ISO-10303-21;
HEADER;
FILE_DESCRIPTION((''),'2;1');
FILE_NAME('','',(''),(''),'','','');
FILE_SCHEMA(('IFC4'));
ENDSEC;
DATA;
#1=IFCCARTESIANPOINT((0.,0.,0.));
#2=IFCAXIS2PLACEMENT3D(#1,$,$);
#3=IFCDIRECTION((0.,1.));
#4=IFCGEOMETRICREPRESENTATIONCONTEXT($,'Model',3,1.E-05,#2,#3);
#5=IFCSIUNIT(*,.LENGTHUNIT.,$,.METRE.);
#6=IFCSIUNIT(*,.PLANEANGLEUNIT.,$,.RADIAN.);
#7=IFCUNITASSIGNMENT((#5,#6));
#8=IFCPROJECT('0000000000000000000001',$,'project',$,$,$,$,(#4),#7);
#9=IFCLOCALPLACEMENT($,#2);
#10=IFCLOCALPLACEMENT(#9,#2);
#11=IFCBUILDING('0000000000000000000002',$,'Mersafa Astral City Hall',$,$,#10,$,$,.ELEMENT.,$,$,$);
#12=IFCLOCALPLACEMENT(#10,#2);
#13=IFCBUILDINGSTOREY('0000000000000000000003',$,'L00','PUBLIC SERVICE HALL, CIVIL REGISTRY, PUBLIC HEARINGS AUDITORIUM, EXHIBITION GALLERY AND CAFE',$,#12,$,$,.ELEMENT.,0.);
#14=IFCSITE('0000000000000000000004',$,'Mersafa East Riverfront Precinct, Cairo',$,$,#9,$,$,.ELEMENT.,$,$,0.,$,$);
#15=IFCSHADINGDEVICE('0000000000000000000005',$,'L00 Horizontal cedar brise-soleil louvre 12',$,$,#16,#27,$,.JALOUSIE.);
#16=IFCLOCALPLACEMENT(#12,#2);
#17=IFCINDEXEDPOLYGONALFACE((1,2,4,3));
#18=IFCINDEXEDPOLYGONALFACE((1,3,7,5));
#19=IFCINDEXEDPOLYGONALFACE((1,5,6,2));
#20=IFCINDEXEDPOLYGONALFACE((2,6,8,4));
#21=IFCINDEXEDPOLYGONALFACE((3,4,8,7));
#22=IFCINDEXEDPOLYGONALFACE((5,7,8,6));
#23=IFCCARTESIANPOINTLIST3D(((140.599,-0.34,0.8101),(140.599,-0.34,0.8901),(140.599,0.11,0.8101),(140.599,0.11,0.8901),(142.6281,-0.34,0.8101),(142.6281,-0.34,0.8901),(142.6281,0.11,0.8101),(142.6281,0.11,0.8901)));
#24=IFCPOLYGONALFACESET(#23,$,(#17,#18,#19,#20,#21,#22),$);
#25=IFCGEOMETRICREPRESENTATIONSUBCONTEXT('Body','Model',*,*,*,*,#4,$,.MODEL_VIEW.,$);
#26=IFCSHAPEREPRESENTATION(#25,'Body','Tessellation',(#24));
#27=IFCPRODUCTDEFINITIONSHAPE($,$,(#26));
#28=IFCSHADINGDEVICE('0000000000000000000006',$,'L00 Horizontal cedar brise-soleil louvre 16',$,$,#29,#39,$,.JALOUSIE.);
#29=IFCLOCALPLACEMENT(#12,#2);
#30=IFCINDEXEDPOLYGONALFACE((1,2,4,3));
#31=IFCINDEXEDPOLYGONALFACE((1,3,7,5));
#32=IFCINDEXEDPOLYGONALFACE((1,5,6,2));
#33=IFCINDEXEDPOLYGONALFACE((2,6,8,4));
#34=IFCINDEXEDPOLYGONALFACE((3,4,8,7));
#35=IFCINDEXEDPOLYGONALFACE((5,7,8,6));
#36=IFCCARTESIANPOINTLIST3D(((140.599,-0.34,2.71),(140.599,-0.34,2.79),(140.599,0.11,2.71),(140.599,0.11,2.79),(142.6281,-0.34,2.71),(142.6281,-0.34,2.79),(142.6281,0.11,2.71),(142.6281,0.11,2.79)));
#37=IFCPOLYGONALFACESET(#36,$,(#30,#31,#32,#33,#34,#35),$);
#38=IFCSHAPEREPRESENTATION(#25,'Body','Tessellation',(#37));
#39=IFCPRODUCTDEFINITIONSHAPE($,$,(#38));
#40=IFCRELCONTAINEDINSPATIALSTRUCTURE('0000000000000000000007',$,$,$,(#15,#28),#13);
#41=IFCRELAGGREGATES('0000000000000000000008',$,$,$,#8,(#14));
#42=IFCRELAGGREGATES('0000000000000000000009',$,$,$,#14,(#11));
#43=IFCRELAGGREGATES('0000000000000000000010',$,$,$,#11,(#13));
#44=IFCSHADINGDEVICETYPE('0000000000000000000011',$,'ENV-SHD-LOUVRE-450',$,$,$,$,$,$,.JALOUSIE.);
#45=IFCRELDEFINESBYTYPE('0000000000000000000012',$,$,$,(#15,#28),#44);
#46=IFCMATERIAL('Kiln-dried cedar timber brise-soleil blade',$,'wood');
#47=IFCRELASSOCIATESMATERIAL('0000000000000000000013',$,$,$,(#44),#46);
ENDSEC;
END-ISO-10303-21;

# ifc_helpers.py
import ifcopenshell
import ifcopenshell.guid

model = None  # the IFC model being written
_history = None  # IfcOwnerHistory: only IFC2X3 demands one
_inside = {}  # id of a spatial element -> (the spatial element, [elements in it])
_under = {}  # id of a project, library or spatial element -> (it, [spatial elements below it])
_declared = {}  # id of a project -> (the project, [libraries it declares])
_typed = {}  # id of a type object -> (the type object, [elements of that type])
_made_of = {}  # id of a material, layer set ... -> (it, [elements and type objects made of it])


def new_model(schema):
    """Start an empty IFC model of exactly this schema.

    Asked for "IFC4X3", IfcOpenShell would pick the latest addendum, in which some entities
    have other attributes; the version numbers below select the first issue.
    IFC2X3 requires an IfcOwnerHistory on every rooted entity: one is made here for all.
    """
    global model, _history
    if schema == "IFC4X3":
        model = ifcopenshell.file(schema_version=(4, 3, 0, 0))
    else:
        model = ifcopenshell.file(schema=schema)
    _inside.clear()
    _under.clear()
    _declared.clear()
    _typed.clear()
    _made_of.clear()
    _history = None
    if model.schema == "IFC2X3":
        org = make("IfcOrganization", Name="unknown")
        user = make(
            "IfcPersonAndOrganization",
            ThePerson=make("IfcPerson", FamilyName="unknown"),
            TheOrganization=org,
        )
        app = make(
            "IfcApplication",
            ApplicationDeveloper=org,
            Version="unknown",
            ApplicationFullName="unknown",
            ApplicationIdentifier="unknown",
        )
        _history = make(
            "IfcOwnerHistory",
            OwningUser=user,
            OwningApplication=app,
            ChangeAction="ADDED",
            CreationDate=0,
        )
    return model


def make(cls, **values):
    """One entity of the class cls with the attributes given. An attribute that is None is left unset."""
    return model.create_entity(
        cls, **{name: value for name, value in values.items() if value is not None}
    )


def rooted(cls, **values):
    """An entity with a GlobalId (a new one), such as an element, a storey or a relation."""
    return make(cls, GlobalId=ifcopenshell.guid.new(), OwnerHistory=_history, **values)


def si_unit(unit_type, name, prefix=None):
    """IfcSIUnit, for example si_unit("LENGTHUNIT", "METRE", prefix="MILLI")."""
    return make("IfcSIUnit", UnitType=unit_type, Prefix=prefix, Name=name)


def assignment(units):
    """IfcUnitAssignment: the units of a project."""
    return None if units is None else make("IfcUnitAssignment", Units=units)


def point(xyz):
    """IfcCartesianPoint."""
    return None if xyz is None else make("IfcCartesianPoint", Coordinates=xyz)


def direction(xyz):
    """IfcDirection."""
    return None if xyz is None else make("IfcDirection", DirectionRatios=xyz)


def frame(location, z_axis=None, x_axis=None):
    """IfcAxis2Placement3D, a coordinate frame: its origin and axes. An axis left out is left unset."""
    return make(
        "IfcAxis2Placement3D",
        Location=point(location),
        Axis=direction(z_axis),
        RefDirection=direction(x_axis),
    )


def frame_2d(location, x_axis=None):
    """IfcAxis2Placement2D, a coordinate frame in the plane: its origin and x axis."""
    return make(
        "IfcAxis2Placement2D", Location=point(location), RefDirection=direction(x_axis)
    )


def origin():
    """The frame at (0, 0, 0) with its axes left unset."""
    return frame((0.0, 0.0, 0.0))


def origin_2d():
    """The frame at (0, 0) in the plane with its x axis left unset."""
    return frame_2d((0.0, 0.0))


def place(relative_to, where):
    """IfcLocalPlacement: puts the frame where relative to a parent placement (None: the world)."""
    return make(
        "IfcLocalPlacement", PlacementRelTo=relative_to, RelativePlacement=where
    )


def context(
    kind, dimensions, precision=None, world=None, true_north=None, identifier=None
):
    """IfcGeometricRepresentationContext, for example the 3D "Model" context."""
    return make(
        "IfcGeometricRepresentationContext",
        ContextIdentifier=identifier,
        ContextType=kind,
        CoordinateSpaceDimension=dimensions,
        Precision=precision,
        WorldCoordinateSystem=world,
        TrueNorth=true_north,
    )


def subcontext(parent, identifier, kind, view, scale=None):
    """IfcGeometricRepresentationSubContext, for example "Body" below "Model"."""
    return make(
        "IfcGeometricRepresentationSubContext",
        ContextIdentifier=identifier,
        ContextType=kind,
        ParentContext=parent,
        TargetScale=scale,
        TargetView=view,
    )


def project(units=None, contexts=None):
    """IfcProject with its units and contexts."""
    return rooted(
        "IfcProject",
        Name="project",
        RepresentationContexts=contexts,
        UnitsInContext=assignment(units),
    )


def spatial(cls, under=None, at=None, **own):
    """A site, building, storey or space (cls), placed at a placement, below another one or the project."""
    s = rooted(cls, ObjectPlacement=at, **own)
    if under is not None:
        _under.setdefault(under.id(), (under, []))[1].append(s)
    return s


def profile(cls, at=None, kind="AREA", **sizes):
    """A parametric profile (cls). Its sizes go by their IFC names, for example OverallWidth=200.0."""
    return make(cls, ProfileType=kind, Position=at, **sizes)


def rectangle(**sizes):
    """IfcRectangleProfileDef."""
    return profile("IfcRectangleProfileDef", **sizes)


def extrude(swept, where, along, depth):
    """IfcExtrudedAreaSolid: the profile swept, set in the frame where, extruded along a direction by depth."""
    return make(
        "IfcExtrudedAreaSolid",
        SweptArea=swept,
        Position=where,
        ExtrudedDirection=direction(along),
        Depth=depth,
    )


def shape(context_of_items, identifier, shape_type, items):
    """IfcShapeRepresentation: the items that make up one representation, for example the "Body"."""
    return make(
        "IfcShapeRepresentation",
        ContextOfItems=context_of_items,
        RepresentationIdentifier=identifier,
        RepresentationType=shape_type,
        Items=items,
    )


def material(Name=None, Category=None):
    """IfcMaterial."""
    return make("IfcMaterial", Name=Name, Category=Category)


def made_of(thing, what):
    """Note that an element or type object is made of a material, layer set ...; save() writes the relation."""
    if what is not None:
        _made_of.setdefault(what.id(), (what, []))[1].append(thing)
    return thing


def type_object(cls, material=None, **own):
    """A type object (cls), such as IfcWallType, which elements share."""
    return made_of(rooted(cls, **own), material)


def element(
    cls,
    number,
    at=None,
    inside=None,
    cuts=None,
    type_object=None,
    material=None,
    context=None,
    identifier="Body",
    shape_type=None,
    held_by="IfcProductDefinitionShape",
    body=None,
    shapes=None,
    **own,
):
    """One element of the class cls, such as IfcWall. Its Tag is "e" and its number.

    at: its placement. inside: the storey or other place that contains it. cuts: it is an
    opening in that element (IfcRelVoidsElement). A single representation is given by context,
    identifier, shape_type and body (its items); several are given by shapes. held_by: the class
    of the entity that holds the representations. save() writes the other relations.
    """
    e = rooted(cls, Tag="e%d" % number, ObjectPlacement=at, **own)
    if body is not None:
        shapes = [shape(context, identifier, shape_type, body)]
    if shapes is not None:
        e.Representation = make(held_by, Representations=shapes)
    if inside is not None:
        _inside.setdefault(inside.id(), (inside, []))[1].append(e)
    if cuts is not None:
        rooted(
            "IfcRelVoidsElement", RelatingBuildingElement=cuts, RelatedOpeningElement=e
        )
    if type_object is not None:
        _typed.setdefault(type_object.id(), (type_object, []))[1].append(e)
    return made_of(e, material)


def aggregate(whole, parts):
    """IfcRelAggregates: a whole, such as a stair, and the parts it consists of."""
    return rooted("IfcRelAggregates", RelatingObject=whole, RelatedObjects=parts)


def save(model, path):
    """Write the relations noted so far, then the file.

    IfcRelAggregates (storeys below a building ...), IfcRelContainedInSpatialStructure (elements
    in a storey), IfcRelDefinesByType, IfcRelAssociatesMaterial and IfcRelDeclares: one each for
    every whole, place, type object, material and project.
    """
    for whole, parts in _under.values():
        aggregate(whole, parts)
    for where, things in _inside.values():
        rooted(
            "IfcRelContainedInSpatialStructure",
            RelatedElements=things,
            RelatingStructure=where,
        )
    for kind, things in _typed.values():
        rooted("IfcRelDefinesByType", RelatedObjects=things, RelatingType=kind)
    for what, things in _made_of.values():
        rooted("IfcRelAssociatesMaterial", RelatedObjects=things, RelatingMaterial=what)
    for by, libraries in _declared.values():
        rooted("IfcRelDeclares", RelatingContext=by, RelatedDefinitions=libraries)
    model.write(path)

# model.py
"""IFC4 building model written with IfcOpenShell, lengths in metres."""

from ifc_helpers import new_model, si_unit, direction, frame, origin, origin_2d, place, context, subcontext, project, spatial, rectangle, extrude, material, type_object, element, save


model = new_model("IFC4")

# Units and contexts
model_context = context("Model", 3, precision=1e-05, world=origin(), true_north=direction((0.0, 1.0)))
body_context = subcontext(model_context, "Body", "Model", "MODEL_VIEW")
ifc_project = project(units=[si_unit("LENGTHUNIT", "METRE"), si_unit("PLANEANGLEUNIT", "RADIAN")], contexts=[model_context])

# Site, building, storey
site_placement = place(None, origin())
site = spatial("IfcSite", under=ifc_project, at=site_placement, Name="Mersafa East Riverfront Precinct, Cairo", CompositionType="ELEMENT", RefElevation=0.0)
building_placement = place(site_placement, origin())
building = spatial("IfcBuilding", under=site, at=building_placement, Name="Mersafa Astral City Hall", CompositionType="ELEMENT")
storey_placement = place(building_placement, origin())
storey = spatial("IfcBuildingStorey", under=building, at=storey_placement, Name="L00", Description="PUBLIC SERVICE HALL, CIVIL REGISTRY, PUBLIC HEARINGS AUDITORIUM, EXHIBITION GALLERY AND CAFE", CompositionType="ELEMENT", Elevation=0.0)

# Shading devices
ifc_material_1 = material(Name="Kiln-dried cedar timber brise-soleil blade", Category="wood")
shading_device_type = type_object("IfcShadingDeviceType", Name="ENV-SHD-LOUVRE-450", PredefinedType="JALOUSIE", material=ifc_material_1)
for number, where, z_axis, x_axis, name in (
    (1, (141.6135, -0.115, 0.8101), (0.0, 0.0, 1.0), (1.0, 0.0, 0.0), "L00 Horizontal cedar brise-soleil louvre 12"),
    (2, (141.6135, -0.115, 2.71), (0.0, 0.0, 1.0), (1.0, 0.0, 0.0), "L00 Horizontal cedar brise-soleil louvre 16"),
):
    element("IfcShadingDevice", number, at=place(storey_placement, frame(where, z_axis=z_axis, x_axis=x_axis)), inside=storey, type_object=shading_device_type, Name=name, PredefinedType="JALOUSIE", context=body_context, shape_type="SweptSolid", body=[
        extrude(rectangle(XDim=2.0291, YDim=0.45, at=origin_2d()), origin(), (0.0, 0.0, 1.0), 0.0801),
    ])

save(model, "model.ifc")
